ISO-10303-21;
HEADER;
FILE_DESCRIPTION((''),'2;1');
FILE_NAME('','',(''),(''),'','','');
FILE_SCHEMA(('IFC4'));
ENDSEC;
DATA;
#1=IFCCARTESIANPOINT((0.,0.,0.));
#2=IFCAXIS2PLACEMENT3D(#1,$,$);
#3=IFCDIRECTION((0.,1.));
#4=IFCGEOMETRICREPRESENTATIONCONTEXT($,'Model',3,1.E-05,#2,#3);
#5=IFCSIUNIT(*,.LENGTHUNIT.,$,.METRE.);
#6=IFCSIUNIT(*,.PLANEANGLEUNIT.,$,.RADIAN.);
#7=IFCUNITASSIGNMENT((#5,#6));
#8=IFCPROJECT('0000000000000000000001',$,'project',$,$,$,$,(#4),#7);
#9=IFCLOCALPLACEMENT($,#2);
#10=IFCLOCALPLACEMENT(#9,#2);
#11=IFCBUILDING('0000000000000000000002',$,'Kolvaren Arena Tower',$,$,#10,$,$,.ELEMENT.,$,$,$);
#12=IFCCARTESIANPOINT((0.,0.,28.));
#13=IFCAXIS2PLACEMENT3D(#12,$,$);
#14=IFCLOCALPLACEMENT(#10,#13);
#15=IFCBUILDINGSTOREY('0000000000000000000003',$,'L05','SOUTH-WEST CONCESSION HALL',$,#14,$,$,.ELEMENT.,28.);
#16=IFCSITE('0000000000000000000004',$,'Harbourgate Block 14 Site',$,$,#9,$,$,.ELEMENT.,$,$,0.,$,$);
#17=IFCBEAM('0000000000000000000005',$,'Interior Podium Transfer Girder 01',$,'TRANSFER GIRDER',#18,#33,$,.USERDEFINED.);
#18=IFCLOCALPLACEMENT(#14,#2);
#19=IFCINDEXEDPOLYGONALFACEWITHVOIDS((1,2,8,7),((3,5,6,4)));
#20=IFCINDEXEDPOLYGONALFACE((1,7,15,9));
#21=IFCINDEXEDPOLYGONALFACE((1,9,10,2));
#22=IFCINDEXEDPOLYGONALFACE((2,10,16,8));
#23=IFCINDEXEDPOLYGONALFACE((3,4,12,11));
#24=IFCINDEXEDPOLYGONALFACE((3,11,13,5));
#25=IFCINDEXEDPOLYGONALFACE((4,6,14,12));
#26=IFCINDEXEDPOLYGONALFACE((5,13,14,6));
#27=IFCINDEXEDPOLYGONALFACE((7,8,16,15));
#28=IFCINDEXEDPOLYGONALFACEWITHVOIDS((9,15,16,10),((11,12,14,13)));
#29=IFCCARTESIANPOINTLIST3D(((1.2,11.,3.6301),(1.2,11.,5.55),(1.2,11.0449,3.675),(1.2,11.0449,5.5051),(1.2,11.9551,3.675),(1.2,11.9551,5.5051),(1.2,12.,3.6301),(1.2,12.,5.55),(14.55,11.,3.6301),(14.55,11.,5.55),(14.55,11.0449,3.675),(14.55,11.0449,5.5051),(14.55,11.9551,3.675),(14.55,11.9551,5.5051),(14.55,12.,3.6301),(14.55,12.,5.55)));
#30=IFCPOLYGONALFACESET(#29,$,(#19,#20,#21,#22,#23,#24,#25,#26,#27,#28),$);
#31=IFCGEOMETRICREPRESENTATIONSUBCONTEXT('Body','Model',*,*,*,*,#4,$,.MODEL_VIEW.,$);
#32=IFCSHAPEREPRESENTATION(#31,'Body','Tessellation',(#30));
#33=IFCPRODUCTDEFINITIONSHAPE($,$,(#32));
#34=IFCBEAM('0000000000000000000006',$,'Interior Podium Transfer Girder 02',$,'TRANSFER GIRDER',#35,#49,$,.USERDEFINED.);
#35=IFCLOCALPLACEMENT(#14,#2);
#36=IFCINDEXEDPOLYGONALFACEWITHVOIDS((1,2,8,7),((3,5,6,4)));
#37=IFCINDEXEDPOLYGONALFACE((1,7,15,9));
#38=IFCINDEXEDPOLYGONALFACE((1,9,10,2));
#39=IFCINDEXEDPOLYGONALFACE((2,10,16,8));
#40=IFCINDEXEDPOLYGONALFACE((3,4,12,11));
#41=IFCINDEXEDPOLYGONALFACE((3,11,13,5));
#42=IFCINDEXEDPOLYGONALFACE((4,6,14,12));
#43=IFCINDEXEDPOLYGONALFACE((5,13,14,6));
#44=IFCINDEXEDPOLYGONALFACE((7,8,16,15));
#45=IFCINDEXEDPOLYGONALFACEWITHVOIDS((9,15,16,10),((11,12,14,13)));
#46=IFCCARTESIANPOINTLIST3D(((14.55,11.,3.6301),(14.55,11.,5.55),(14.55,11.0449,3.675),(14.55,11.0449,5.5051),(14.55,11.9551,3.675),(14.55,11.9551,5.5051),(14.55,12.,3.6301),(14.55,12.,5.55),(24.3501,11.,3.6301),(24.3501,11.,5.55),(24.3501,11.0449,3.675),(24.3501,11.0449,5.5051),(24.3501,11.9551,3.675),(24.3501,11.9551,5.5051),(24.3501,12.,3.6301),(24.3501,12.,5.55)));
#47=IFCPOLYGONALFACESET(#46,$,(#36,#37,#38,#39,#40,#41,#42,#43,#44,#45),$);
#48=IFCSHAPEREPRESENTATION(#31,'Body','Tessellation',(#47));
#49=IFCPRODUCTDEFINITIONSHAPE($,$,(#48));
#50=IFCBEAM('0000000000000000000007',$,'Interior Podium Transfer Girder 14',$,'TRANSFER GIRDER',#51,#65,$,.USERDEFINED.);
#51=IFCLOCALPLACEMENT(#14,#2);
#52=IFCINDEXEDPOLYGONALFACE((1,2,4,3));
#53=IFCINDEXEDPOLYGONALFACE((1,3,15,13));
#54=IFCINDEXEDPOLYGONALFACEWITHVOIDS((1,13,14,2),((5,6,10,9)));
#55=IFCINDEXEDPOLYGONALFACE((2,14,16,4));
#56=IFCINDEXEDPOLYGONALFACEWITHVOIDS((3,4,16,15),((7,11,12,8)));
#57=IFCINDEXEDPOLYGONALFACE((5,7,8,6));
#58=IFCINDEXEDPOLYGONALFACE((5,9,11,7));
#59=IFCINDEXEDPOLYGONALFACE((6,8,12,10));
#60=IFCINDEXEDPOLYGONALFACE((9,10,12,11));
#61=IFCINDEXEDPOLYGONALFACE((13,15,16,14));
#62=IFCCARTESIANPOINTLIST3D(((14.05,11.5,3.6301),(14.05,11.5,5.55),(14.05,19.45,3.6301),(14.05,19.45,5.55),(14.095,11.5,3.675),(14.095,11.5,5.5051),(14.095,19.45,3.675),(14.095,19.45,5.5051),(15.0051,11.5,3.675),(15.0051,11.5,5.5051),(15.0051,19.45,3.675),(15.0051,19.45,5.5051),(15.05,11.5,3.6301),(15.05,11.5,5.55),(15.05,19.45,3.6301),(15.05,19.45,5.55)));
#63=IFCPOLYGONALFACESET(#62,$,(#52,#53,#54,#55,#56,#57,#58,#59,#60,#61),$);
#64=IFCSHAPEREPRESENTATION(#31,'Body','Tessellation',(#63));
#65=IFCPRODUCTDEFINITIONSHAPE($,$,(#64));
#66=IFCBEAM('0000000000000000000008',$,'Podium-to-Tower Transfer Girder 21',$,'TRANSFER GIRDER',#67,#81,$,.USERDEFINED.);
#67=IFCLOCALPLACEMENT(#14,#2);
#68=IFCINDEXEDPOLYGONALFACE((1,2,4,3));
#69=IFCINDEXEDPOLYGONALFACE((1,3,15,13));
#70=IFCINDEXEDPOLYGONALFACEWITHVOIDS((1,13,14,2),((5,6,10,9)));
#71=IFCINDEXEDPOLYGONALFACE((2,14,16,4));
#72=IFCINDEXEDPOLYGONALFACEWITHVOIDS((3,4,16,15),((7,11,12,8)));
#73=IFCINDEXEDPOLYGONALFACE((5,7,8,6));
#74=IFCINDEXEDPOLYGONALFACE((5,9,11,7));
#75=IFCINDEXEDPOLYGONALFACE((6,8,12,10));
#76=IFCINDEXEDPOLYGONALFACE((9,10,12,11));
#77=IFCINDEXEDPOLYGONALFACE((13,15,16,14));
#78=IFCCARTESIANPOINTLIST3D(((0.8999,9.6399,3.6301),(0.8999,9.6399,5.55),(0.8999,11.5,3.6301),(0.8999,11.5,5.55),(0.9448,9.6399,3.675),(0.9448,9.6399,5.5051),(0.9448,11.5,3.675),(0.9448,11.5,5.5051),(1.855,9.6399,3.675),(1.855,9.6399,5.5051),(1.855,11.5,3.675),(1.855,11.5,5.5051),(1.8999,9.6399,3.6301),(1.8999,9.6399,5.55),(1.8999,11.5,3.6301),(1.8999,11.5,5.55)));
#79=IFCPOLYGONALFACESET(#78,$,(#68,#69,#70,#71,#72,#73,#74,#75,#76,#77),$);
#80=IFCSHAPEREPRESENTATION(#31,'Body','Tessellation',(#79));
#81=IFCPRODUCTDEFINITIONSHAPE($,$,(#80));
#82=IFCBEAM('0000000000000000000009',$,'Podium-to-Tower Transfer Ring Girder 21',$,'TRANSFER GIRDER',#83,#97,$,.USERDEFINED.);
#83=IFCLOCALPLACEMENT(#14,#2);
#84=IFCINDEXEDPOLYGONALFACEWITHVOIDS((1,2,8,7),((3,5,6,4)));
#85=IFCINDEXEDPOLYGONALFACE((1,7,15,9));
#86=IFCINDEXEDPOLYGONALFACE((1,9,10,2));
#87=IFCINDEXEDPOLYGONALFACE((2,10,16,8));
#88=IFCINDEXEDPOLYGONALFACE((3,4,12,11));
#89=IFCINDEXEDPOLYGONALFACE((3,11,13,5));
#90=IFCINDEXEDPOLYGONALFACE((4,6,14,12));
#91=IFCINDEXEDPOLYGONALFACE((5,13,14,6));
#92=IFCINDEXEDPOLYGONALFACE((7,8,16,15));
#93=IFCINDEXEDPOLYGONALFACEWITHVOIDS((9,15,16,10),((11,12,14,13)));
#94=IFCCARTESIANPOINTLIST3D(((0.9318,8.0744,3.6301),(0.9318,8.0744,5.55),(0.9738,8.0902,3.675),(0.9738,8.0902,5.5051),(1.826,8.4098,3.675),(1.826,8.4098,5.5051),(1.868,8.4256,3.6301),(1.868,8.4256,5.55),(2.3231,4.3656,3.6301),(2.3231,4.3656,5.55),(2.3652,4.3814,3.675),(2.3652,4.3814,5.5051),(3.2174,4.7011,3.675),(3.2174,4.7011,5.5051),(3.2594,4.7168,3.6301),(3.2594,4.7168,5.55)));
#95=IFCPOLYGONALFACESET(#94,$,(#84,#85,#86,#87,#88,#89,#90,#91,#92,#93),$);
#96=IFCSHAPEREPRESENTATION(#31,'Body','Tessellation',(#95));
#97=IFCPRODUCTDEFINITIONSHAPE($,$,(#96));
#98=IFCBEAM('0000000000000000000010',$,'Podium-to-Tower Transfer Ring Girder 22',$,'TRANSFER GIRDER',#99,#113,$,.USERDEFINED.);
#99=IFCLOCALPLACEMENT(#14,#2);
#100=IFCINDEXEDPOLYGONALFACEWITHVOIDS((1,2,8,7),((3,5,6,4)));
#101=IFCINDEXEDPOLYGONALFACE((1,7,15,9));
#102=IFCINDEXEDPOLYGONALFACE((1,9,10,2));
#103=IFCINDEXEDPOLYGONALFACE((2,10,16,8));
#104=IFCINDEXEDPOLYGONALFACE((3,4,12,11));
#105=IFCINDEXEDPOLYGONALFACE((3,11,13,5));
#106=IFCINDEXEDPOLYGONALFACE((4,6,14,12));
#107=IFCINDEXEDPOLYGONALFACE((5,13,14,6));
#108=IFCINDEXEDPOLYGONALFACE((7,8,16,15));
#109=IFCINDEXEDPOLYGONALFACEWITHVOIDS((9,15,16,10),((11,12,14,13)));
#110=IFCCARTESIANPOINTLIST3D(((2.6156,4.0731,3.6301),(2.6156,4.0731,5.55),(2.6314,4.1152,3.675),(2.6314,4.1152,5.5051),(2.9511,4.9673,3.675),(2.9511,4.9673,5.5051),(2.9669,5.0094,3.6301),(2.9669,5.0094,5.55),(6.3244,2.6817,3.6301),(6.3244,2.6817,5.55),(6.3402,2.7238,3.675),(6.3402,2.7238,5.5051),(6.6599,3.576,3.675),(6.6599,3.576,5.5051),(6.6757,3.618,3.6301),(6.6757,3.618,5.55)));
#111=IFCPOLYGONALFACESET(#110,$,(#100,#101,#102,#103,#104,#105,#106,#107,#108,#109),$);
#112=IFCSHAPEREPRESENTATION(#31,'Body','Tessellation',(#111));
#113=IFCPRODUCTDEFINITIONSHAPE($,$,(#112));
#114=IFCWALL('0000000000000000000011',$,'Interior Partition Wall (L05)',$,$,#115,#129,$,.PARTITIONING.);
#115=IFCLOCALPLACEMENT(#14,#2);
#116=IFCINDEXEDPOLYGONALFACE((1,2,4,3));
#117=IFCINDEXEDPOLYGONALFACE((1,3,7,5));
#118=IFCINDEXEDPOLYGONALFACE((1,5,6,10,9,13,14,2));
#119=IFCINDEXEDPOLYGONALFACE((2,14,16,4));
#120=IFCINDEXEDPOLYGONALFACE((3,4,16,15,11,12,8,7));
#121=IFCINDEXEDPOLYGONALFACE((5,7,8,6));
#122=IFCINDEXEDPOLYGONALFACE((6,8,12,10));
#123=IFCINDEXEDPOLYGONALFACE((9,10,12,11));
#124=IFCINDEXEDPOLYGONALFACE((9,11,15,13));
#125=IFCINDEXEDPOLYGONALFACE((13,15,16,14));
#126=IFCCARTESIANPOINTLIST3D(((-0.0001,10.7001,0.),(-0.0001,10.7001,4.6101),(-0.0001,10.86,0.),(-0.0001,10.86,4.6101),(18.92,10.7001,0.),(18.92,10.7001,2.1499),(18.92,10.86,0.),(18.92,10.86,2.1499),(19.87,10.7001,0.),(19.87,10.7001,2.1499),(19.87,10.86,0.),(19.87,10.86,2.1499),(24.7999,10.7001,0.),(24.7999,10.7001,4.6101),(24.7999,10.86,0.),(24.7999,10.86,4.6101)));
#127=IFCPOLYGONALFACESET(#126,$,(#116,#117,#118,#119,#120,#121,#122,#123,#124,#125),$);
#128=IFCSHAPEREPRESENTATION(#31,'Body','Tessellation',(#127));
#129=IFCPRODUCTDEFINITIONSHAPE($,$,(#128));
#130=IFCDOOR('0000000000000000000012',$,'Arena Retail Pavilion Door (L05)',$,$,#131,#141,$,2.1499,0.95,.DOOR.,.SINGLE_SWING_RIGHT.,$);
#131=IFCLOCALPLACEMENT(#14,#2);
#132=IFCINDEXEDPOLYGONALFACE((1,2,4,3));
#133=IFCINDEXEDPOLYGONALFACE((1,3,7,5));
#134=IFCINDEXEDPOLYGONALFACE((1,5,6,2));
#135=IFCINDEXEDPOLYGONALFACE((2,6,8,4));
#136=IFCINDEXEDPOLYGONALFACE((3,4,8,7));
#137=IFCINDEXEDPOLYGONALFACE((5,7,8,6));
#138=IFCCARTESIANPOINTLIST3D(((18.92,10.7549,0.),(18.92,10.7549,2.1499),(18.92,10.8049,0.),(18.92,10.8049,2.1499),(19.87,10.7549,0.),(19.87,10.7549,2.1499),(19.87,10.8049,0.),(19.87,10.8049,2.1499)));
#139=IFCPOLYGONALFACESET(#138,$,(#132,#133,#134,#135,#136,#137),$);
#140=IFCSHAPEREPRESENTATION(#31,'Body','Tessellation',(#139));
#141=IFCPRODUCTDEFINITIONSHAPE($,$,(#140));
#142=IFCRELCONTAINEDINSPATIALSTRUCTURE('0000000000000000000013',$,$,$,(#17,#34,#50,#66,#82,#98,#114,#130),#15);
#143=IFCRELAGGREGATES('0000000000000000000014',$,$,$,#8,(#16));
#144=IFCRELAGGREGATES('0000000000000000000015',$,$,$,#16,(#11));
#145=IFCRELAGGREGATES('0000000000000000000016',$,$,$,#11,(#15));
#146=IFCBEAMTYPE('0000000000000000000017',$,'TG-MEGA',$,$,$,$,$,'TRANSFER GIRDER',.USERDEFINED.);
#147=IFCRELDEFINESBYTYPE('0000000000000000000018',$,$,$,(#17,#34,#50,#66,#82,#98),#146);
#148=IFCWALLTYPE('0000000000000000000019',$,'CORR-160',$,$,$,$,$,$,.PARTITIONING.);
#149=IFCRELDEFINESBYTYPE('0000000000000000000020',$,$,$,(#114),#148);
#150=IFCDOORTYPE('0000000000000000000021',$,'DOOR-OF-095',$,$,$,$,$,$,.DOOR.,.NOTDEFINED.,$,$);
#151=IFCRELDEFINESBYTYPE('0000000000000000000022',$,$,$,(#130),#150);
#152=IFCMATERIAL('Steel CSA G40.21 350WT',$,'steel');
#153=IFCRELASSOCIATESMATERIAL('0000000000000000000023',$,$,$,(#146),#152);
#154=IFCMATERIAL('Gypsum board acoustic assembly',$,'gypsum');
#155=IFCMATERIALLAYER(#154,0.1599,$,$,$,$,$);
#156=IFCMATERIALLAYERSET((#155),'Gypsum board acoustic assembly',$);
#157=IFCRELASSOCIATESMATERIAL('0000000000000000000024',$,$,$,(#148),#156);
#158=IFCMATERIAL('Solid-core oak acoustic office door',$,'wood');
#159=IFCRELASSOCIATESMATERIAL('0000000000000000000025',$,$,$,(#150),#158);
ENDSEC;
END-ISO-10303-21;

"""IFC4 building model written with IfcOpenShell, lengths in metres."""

from ifc_helpers import new_model, si_unit, direction, frame, frame_2d, origin, origin_2d, place, context, subcontext, project, spatial, rectangle, hollow_rectangle, extrude, material, layer, layer_set, material_profile, profile_set, type_object, element, fill, save


model = new_model("IFC4")

# Units and contexts
model_context = context("Model", 3, precision=1e-05, world=origin(), true_north=direction((0.0, 1.0)))
body_context = subcontext(model_context, "Body", "Model", "MODEL_VIEW")
ifc_project = project(units=[si_unit("LENGTHUNIT", "METRE"), si_unit("PLANEANGLEUNIT", "RADIAN")], contexts=[model_context])

# Site, building, storey
site_placement = place(None, origin())
site = spatial("IfcSite", under=ifc_project, at=site_placement, Name="Harbourgate Block 14 Site", CompositionType="ELEMENT", RefElevation=0.0)
building_placement = place(site_placement, origin())
building = spatial("IfcBuilding", under=site, at=building_placement, Name="Kolvaren Arena Tower", CompositionType="ELEMENT")
storey_placement = place(building_placement, frame((0.0, 0.0, 28.0)))
storey = spatial("IfcBuildingStorey", under=building, at=storey_placement, Name="L05", Description="SOUTH-WEST CONCESSION HALL", CompositionType="ELEMENT", Elevation=28.0)

# Beams
ifc_material_1 = material(Name="Steel CSA G40.21 350WT", Category="steel")
ifc_material_profile_1 = material_profile(ifc_material_1, hollow_rectangle(XDim=1.0, YDim=1.9199, WallThickness=0.0449, at=origin_2d()), Name="BOX 1000x1920x45")
ifc_profile_set_1 = profile_set([ifc_material_profile_1], Name="Steel CSA G40.21 350WT")
beam_type_1 = type_object("IfcBeamType", Name="TG-MEGA", ElementType="TRANSFER GIRDER", PredefinedType="USERDEFINED", material=ifc_profile_set_1)
beam_1_placement = place(storey_placement, frame((1.2, 11.5, 4.5901), z_axis=(1.0, 0.0, 0.0), x_axis=(0.0, 1.0, 0.0)))
element("IfcBeam", 1, at=beam_1_placement, inside=storey, type_object=beam_type_1, Name="Interior Podium Transfer Girder 01", ObjectType="TRANSFER GIRDER", PredefinedType="USERDEFINED", context=body_context, shape_type="SweptSolid", body=[
    extrude(hollow_rectangle(XDim=1.0, YDim=1.9199, WallThickness=0.0449, at=origin_2d()), origin(), (0.0, 0.0, 1.0), 13.3501),
])
beam_2_placement = place(storey_placement, frame((14.55, 11.5, 4.5901), z_axis=(1.0, 0.0, 0.0), x_axis=(0.0, 1.0, 0.0)))
element("IfcBeam", 2, at=beam_2_placement, inside=storey, type_object=beam_type_1, Name="Interior Podium Transfer Girder 02", ObjectType="TRANSFER GIRDER", PredefinedType="USERDEFINED", context=body_context, shape_type="SweptSolid", body=[
    extrude(hollow_rectangle(XDim=1.0, YDim=1.9199, WallThickness=0.0449, at=origin_2d()), origin(), (0.0, 0.0, 1.0), 9.8),
])
beam_3_placement = place(storey_placement, frame((14.55, 11.5, 4.5901), z_axis=(0.0, 1.0, 0.0), x_axis=(-1.0, 0.0, 0.0)))
element("IfcBeam", 3, at=beam_3_placement, inside=storey, type_object=beam_type_1, Name="Interior Podium Transfer Girder 14", ObjectType="TRANSFER GIRDER", PredefinedType="USERDEFINED", context=body_context, shape_type="SweptSolid", body=[
    extrude(hollow_rectangle(XDim=1.0, YDim=1.9199, WallThickness=0.0449, at=origin_2d()), origin(), (0.0, 0.0, 1.0), 7.95),
])
beam_4_placement = place(storey_placement, frame((1.3999, 9.6399, 4.5901), z_axis=(0.0, 1.0, 0.0), x_axis=(-1.0, 0.0, 0.0)))
element("IfcBeam", 4, at=beam_4_placement, inside=storey, type_object=beam_type_1, Name="Podium-to-Tower Transfer Girder 21", ObjectType="TRANSFER GIRDER", PredefinedType="USERDEFINED", context=body_context, shape_type="SweptSolid", body=[
    extrude(hollow_rectangle(XDim=1.0, YDim=1.9199, WallThickness=0.0449, at=origin_2d()), origin(), (0.0, 0.0, 1.0), 1.8601),
])
for number, where, z_axis, x_axis, name in (
    (5, (1.3999, 8.25, 4.5901), (0.351252, -0.936281, 0.0), (0.936281, 0.351252, 0.0), "Podium-to-Tower Transfer Ring Girder 21"),
    (6, (2.7913, 4.5413, 4.5901), (0.936281, -0.351252, 0.0), (0.351252, 0.936281, 0.0), "Podium-to-Tower Transfer Ring Girder 22"),
):
    element("IfcBeam", number, at=place(storey_placement, frame(where, z_axis=z_axis, x_axis=x_axis)), inside=storey, type_object=beam_type_1, Name=name, ObjectType="TRANSFER GIRDER", PredefinedType="USERDEFINED", context=body_context, shape_type="SweptSolid", body=[
        extrude(hollow_rectangle(XDim=1.0, YDim=1.9199, WallThickness=0.0449, at=origin_2d()), origin(), (0.0, 0.0, 1.0), 3.9612),
    ])

# Wall, opening, door
ifc_material_2 = material(Name="Gypsum board acoustic assembly", Category="gypsum")
ifc_layer_1 = layer(ifc_material_2, 0.1599)
ifc_layer_set_1 = layer_set([ifc_layer_1], Name="Gypsum board acoustic assembly")
wall_type_1 = type_object("IfcWallType", Name="CORR-160", PredefinedType="PARTITIONING", material=ifc_layer_set_1)
wall_1_placement = place(storey_placement, frame((0.0, 10.78, 0.0), z_axis=(0.0, 0.0, 1.0), x_axis=(1.0, 0.0, 0.0)))
wall_1 = element("IfcWall", 7, at=wall_1_placement, inside=storey, type_object=wall_type_1, Name="Interior Partition Wall (L05)", PredefinedType="PARTITIONING", context=body_context, shape_type="SweptSolid", body=[
    extrude(rectangle(XDim=24.8, YDim=0.1599, at=frame_2d((12.3999, 0.0))), origin(), (0.0, 0.0, 1.0), 4.6101),
])
opening_1_placement = place(wall_1_placement, frame((18.9199, 0.0, 0.0)))
opening_1 = element("IfcOpeningElement", 8, at=opening_1_placement, cuts=wall_1, PredefinedType="OPENING", context=body_context, shape_type="SweptSolid", body=[
    extrude(rectangle(XDim=0.95, YDim=2.1499, at=frame_2d((0.4751, 1.075))), frame((0.0, 0.0898, 0.0), z_axis=(0.0, -1.0, 0.0), x_axis=(1.0, 0.0, 0.0)), (0.0, 0.0, 1.0), 0.1799),
])
ifc_material_3 = material(Name="Solid-core oak acoustic office door", Category="wood")
door_type = type_object("IfcDoorType", Name="DOOR-OF-095", OperationType="NOTDEFINED", PredefinedType="DOOR", material=ifc_material_3)
door_placement = place(opening_1_placement, origin())
door = element("IfcDoor", 9, at=door_placement, inside=storey, type_object=door_type, Name="Arena Retail Pavilion Door (L05)", OperationType="SINGLE_SWING_RIGHT", OverallHeight=2.1499, OverallWidth=0.95, PredefinedType="DOOR", context=body_context, shape_type="SweptSolid", body=[
    extrude(rectangle(XDim=0.95, YDim=2.1499, at=frame_2d((0.4751, 1.075))), frame((0.0, 0.0249, 0.0), z_axis=(0.0, -1.0, 0.0), x_axis=(1.0, 0.0, 0.0)), (0.0, 0.0, 1.0), 0.05),
])
fill(opening_1, door)

save(model, "model.ifc")
